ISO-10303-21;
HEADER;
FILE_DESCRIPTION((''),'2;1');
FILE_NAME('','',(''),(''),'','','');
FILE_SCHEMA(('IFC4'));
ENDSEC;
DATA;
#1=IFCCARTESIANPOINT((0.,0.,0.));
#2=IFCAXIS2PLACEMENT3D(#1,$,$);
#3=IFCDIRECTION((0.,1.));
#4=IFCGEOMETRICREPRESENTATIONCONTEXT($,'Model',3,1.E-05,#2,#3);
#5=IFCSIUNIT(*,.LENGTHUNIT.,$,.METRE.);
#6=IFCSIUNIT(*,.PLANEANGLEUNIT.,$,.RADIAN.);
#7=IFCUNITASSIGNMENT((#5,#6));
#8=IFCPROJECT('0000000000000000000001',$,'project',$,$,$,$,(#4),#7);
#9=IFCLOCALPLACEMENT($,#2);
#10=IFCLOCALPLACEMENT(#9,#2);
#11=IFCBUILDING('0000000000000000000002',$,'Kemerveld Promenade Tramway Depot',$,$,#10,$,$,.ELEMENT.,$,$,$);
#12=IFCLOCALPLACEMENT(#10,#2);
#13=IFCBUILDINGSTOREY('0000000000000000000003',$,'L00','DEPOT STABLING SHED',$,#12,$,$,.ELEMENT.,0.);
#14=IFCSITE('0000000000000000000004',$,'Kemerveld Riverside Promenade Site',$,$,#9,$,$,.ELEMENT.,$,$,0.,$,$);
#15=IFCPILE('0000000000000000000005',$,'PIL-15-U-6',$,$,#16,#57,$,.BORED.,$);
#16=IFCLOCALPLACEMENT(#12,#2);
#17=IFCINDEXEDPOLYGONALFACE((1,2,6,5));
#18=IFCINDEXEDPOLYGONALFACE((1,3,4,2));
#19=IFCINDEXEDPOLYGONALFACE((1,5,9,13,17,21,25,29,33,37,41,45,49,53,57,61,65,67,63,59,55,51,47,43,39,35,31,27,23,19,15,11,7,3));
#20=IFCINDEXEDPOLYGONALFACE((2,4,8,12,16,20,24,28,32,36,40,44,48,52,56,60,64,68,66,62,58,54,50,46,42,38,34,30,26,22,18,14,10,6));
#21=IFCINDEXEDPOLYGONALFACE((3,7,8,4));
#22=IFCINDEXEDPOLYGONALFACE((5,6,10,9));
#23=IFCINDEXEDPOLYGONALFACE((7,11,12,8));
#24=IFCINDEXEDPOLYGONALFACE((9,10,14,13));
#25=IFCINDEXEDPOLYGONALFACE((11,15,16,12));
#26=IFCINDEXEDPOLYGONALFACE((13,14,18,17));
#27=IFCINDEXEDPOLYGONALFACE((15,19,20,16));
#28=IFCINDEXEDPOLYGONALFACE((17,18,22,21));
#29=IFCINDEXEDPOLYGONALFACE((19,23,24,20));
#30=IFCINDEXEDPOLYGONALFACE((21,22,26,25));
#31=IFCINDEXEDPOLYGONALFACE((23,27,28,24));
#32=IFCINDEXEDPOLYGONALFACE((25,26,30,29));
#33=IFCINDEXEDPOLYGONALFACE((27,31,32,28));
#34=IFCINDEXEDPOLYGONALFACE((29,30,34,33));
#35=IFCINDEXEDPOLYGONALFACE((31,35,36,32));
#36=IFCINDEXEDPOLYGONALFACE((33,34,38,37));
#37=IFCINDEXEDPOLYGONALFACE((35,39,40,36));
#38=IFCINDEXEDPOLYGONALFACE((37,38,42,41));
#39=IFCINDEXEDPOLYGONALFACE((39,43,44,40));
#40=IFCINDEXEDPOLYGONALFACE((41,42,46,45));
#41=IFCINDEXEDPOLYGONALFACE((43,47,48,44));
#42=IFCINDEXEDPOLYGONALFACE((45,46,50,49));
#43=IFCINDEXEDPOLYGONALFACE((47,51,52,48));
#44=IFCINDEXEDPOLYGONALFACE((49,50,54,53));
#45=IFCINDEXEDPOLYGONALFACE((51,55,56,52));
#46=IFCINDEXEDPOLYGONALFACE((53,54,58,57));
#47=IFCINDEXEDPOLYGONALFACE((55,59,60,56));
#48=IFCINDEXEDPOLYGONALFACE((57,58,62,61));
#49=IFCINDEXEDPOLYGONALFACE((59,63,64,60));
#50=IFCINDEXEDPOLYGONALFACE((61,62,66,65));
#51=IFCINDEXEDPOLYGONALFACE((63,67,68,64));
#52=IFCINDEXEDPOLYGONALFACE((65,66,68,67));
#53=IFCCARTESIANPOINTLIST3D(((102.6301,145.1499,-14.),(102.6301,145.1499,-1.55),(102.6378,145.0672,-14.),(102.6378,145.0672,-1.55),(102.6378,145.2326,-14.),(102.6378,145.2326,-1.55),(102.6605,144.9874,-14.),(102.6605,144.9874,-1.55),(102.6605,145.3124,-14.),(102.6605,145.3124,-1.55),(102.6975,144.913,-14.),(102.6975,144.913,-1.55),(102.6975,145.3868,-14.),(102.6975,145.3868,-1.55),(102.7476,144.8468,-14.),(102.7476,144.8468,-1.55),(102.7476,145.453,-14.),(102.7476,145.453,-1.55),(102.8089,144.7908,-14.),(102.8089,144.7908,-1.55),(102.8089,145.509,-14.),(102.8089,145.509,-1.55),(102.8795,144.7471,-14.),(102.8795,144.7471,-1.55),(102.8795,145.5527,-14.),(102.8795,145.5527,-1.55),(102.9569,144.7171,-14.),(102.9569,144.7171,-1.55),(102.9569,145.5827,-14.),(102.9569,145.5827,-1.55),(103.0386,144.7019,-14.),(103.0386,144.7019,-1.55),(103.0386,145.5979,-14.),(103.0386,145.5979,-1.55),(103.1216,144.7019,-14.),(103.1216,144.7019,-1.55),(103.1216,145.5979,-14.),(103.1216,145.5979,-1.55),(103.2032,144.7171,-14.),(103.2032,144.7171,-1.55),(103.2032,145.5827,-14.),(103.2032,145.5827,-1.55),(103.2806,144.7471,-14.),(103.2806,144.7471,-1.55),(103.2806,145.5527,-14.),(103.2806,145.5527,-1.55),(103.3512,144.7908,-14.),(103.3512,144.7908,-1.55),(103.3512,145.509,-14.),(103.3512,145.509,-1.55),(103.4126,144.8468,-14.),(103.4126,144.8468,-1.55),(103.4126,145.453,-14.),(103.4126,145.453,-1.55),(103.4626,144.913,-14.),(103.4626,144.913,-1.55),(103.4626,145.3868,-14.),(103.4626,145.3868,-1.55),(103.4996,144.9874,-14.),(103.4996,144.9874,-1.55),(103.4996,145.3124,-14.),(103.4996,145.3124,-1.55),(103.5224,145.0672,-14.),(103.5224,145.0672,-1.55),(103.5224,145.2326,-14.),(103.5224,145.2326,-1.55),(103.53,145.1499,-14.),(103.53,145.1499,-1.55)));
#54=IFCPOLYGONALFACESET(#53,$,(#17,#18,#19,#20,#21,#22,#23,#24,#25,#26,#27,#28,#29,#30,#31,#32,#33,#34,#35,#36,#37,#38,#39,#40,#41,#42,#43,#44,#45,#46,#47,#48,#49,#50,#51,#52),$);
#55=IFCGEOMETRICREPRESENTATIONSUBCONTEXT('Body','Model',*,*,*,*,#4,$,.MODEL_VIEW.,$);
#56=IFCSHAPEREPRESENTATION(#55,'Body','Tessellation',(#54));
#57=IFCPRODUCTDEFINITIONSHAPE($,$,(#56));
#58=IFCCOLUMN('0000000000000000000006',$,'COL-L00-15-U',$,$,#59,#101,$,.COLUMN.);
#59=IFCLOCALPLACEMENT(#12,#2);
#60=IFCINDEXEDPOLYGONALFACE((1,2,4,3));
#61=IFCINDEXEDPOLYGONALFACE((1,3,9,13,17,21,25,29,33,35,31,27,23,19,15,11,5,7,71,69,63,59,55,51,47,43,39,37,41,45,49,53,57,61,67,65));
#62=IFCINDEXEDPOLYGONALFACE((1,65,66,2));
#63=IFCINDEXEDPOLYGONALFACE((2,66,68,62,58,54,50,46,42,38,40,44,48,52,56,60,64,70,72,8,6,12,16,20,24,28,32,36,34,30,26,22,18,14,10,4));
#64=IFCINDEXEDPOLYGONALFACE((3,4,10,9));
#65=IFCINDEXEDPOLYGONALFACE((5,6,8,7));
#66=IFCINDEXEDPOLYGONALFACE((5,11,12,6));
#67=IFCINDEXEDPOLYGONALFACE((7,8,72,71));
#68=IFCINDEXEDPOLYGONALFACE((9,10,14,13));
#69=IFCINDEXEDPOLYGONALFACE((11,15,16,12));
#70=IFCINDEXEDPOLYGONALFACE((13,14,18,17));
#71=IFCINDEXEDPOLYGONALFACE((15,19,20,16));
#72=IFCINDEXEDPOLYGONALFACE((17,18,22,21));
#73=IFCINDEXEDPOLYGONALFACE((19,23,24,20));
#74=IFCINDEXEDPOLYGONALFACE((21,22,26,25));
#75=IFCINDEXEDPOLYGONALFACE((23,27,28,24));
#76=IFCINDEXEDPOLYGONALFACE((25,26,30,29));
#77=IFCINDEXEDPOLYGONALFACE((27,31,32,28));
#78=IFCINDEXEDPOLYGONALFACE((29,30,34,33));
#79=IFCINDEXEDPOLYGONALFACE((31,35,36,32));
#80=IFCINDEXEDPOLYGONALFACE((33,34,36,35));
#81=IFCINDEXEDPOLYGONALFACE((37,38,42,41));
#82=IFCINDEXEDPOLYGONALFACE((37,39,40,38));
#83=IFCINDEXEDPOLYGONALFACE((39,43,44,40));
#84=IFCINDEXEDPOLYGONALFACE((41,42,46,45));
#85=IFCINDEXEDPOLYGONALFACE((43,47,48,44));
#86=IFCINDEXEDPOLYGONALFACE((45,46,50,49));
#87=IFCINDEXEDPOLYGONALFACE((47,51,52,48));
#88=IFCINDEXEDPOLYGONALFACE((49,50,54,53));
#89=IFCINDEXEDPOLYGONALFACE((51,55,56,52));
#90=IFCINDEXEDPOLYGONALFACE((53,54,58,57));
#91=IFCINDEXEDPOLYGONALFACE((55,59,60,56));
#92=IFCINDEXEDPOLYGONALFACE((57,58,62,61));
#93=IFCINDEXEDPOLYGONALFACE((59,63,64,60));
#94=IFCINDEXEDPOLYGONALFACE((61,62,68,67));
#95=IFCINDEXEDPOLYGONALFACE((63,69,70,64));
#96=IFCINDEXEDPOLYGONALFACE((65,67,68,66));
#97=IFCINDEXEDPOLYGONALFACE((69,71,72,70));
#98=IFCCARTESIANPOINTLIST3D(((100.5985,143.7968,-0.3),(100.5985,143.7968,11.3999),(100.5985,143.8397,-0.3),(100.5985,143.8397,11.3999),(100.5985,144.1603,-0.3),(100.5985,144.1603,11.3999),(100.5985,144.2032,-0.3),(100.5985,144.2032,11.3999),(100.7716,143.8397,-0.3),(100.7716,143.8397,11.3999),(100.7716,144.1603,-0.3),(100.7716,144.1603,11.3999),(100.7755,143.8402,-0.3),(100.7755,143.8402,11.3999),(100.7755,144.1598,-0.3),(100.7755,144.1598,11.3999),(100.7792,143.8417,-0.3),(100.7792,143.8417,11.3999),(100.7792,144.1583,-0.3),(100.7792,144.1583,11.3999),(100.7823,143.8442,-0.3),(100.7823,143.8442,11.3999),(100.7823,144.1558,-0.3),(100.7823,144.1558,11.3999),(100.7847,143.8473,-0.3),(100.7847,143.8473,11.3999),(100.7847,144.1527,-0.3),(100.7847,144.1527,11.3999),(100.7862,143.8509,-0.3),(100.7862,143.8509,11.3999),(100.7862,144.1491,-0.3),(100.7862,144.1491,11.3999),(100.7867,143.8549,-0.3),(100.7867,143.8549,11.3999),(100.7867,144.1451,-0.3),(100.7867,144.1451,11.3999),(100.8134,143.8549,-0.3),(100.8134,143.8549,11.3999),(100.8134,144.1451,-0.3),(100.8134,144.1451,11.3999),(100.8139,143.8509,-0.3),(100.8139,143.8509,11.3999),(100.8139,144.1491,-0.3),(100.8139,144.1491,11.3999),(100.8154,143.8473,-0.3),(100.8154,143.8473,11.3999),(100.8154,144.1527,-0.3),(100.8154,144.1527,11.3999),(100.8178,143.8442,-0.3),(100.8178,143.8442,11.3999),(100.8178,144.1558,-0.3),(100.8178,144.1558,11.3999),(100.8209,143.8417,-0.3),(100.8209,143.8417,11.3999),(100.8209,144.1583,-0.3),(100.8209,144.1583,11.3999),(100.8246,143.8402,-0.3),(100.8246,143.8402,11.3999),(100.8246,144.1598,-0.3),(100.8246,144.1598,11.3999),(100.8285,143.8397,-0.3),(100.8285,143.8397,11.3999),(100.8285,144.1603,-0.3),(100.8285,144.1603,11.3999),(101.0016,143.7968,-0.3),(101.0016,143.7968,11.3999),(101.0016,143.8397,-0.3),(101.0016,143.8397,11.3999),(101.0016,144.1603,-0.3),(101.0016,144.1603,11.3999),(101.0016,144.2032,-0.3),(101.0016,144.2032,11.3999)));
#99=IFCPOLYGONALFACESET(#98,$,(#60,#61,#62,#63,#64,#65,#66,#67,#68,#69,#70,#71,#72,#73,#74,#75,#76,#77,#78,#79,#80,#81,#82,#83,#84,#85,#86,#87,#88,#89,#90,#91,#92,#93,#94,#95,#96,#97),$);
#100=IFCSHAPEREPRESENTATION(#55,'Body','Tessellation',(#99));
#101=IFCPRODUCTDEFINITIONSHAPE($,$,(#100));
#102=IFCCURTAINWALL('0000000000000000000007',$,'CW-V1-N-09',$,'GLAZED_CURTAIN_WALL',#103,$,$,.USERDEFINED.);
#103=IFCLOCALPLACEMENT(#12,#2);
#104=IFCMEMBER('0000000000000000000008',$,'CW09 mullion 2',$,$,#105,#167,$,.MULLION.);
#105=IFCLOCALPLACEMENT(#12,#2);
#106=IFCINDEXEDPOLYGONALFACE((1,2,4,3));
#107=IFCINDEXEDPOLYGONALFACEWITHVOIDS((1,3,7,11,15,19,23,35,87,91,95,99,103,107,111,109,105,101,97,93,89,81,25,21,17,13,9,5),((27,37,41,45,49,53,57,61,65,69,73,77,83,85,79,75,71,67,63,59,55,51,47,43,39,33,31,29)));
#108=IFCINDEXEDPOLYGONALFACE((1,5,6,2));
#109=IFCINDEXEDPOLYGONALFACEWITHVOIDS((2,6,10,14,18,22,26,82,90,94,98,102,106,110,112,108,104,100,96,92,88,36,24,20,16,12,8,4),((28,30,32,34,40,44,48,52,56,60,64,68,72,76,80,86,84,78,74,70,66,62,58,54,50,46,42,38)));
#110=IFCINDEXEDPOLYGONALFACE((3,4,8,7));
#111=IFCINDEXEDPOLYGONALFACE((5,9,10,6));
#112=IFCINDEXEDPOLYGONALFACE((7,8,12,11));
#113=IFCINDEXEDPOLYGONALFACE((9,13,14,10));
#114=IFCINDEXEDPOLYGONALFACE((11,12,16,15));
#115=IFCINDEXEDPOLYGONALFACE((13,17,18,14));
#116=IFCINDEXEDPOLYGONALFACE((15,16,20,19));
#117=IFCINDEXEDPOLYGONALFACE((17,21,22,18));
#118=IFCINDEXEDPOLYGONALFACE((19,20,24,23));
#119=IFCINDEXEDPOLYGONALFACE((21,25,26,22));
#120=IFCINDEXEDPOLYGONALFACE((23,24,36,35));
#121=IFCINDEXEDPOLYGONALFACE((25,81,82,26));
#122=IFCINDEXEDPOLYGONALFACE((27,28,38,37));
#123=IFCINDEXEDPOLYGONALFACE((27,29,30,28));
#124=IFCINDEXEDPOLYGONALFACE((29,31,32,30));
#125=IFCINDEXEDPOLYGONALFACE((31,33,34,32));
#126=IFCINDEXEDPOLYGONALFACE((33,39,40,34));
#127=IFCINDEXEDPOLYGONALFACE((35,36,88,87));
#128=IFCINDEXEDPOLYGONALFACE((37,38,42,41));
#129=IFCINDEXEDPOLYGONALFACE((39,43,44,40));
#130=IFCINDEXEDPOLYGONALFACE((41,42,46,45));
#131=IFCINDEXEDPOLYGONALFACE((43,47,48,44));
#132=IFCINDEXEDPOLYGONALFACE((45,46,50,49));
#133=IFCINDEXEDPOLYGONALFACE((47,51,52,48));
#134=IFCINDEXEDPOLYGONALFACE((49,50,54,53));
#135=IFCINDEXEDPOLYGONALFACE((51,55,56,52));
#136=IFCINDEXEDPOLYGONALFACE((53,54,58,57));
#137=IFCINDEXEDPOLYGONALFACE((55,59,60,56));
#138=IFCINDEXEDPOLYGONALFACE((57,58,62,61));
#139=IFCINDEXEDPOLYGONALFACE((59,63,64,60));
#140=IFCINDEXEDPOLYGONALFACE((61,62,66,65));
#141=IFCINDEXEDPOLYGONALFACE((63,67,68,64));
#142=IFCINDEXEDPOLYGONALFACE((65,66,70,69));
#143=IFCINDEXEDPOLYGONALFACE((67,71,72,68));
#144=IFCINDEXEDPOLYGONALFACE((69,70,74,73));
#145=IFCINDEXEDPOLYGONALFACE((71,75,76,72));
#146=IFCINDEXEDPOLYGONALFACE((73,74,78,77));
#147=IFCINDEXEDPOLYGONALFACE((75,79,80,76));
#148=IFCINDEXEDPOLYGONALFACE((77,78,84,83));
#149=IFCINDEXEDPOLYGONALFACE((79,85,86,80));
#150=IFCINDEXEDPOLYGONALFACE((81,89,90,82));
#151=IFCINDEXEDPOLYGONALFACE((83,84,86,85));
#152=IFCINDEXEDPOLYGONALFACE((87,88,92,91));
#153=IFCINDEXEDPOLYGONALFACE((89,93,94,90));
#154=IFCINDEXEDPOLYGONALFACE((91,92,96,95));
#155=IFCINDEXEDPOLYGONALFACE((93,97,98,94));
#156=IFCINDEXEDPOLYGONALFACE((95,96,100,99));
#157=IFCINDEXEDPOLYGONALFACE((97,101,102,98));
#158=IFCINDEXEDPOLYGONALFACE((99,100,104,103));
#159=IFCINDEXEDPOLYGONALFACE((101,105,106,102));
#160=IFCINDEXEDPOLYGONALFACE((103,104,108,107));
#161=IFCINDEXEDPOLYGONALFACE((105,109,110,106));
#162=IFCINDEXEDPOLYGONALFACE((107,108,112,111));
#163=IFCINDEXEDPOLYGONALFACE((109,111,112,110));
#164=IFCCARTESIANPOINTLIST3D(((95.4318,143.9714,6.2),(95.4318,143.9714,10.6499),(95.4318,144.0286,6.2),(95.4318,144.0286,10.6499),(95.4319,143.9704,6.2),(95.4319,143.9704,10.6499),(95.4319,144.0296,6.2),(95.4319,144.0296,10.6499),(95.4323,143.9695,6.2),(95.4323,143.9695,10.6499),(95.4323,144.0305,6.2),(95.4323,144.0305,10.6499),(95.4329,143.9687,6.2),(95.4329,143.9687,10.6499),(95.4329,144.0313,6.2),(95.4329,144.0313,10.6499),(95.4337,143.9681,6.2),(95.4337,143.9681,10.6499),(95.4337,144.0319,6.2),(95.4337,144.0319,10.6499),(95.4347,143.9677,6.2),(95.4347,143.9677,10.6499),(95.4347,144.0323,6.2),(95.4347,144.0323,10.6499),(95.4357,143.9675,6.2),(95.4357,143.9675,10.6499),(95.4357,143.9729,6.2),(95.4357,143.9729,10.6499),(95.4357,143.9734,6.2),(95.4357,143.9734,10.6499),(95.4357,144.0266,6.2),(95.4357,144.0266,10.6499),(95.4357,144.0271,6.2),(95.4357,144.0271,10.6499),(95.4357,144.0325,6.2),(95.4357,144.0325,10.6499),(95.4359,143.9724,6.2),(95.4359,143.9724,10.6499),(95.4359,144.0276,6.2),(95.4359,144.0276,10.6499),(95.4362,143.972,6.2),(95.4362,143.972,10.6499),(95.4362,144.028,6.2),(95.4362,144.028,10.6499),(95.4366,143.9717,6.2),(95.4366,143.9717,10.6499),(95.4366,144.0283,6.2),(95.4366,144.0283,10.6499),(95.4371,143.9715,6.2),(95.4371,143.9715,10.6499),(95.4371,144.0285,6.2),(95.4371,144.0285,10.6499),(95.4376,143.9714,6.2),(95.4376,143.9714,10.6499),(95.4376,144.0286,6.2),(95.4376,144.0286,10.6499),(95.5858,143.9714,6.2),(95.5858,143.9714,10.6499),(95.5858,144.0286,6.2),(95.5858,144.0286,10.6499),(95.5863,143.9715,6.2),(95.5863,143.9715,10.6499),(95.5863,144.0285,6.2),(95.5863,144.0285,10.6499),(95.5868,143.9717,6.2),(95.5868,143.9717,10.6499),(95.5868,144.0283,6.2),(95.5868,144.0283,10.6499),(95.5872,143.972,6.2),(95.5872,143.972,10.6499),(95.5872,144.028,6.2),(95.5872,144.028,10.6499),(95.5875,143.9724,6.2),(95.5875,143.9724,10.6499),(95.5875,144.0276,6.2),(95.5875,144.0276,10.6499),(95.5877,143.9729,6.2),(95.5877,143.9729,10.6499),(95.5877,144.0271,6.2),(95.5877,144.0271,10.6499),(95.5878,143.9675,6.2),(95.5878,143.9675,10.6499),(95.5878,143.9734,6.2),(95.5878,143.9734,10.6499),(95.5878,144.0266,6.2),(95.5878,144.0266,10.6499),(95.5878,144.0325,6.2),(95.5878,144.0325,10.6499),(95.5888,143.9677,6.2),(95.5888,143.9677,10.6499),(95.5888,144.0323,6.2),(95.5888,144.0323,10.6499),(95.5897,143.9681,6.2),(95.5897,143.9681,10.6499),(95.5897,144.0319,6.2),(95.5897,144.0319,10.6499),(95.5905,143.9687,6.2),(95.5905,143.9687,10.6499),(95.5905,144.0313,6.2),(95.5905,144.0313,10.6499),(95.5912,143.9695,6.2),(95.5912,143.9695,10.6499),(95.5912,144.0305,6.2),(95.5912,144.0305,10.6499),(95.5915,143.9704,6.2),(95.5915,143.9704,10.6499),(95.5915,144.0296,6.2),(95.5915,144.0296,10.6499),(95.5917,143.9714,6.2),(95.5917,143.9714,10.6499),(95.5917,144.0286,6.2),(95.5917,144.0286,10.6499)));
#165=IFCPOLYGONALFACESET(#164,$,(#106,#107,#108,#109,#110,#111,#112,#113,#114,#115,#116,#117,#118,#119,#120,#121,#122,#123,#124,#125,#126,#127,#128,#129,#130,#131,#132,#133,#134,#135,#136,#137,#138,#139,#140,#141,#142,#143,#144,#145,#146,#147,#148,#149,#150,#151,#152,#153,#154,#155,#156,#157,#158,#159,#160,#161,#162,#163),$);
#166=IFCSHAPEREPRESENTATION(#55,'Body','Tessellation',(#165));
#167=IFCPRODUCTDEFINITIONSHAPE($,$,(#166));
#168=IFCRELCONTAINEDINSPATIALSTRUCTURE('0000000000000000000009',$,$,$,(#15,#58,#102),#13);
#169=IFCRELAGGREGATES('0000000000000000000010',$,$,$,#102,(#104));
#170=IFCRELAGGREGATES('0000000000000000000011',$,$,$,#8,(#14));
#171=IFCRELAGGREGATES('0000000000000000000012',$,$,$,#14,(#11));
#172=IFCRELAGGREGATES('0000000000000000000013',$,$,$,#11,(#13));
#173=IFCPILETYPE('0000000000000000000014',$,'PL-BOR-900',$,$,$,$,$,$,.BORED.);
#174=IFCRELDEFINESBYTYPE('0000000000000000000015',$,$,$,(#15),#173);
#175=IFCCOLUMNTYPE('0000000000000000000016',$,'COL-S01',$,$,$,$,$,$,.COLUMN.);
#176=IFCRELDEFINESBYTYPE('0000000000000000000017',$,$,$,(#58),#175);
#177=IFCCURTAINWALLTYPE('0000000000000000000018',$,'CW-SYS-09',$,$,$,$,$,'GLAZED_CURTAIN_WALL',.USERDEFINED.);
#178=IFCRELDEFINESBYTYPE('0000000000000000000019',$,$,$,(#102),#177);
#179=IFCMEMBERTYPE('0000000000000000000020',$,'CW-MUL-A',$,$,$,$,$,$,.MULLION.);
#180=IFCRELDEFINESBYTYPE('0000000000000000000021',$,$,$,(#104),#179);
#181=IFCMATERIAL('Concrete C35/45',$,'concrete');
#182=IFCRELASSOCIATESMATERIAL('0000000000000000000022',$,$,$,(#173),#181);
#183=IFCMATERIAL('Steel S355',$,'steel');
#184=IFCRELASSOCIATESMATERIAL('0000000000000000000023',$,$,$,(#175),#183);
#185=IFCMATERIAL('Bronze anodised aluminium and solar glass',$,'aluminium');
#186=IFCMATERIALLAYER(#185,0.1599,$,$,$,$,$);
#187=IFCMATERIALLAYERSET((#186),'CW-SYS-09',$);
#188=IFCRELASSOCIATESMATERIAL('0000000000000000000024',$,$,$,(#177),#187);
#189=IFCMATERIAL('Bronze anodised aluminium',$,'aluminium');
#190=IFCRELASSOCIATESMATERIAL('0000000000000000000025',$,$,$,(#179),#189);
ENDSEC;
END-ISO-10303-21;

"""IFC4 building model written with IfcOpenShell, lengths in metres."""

from ifc_helpers import new_model, si_unit, direction, frame, origin, origin_2d, place, context, subcontext, project, spatial, hollow_rectangle, circle, i_section, extrude, material, layer, layer_set, material_profile, profile_set, type_object, element, aggregate, save


model = new_model("IFC4")

# Units and contexts
model_context = context("Model", 3, precision=1e-05, world=origin(), true_north=direction((0.0, 1.0)))
body_context = subcontext(model_context, "Body", "Model", "MODEL_VIEW")
ifc_project = project(units=[si_unit("LENGTHUNIT", "METRE"), si_unit("PLANEANGLEUNIT", "RADIAN")], contexts=[model_context])

# Site, building, storey
site_placement = place(None, origin())
site = spatial("IfcSite", under=ifc_project, at=site_placement, Name="Kemerveld Riverside Promenade Site", CompositionType="ELEMENT", RefElevation=0.0)
building_placement = place(site_placement, origin())
building = spatial("IfcBuilding", under=site, at=building_placement, Name="Kemerveld Promenade Tramway Depot", CompositionType="ELEMENT")
storey_placement = place(building_placement, origin())
storey = spatial("IfcBuildingStorey", under=building, at=storey_placement, Name="L00", Description="DEPOT STABLING SHED", CompositionType="ELEMENT", Elevation=0.0)

# Shared definitions
ifc_material_1 = material(Name="Concrete C35/45", Category="concrete")

# Pile
ifc_material_profile_1 = material_profile(ifc_material_1, circle(Radius=0.45, at=origin_2d()), Name="PILE-D900")
ifc_profile_set_1 = profile_set([ifc_material_profile_1], Name="Concrete C35/45")
pile_type_1 = type_object("IfcPileType", Name="PL-BOR-900", PredefinedType="BORED", material=ifc_profile_set_1)
for number, where, z_axis, x_axis, name in (
    (1, (103.0801, 145.1499, -1.55), (0.0, 0.0, -1.0), (1.0, 0.0, 0.0), "PIL-15-U-6"),
):
    element("IfcPile", number, at=place(storey_placement, frame(where, z_axis=z_axis, x_axis=x_axis)), inside=storey, type_object=pile_type_1, Name=name, PredefinedType="BORED", context=body_context, shape_type="SweptSolid", body=[
        extrude(circle(Radius=0.45, at=origin_2d()), origin(), (0.0, 0.0, 1.0), 12.45),
    ])

# Column
ifc_material_2 = material(Name="Steel S355", Category="steel")
ifc_material_profile_2 = material_profile(ifc_material_2, i_section(OverallWidth=0.4031, OverallDepth=0.4065, WebThickness=0.0266, FlangeThickness=0.043, FilletRadius=0.0151, at=origin_2d()), Name="356x406x340 UC")
ifc_profile_set_2 = profile_set([ifc_material_profile_2], Name="Steel S355")
column_type = type_object("IfcColumnType", Name="COL-S01", PredefinedType="COLUMN", material=ifc_profile_set_2)
column_placement = place(storey_placement, frame((100.8, 144.0, -0.3), z_axis=(0.0, 0.0, 1.0), x_axis=(1.0, 0.0, 0.0)))
element("IfcColumn", 2, at=column_placement, inside=storey, type_object=column_type, Name="COL-L00-15-U", PredefinedType="COLUMN", context=body_context, shape_type="SweptSolid", body=[
    extrude(i_section(OverallWidth=0.4031, OverallDepth=0.4065, WebThickness=0.0266, FlangeThickness=0.043, FilletRadius=0.0151, at=origin_2d()), origin(), (0.0, 0.0, 1.0), 11.7),
])

# Curtain wall, member
ifc_material_3 = material(Name="Bronze anodised aluminium and solar glass", Category="aluminium")
ifc_layer_1 = layer(ifc_material_3, 0.1599)
ifc_layer_set_1 = layer_set([ifc_layer_1], Name="CW-SYS-09")
curtain_wall_type_1 = type_object("IfcCurtainWallType", Name="CW-SYS-09", ElementType="GLAZED_CURTAIN_WALL", PredefinedType="USERDEFINED", material=ifc_layer_set_1)
curtain_wall_1_placement = place(storey_placement, origin())
curtain_wall_1 = element("IfcCurtainWall", 3, at=curtain_wall_1_placement, inside=storey, type_object=curtain_wall_type_1, Name="CW-V1-N-09", ObjectType="GLAZED_CURTAIN_WALL", PredefinedType="USERDEFINED")
ifc_material_4 = material(Name="Bronze anodised aluminium", Category="aluminium")
ifc_material_profile_3 = material_profile(ifc_material_4, hollow_rectangle(XDim=0.0649, YDim=0.1599, WallThickness=0.0039, InnerFilletRadius=0.002, OuterFilletRadius=0.0039, at=origin_2d()), Name="CW-MUL-160x65")
ifc_profile_set_3 = profile_set([ifc_material_profile_3], Name="Bronze anodised aluminium")
member_type_1 = type_object("IfcMemberType", Name="CW-MUL-A", PredefinedType="MULLION", material=ifc_profile_set_3)
member_1_placement = place(storey_placement, frame((95.5117, 144.0, 6.2), z_axis=(0.0, 0.0, 1.0), x_axis=(0.0, 1.0, 0.0)))
member_1 = element("IfcMember", 4, at=member_1_placement, type_object=member_type_1, Name="CW09 mullion 2", PredefinedType="MULLION", context=body_context, shape_type="SweptSolid", body=[
    extrude(hollow_rectangle(XDim=0.0649, YDim=0.1599, WallThickness=0.0039, InnerFilletRadius=0.002, OuterFilletRadius=0.0039, at=origin_2d()), origin(), (0.0, 0.0, 1.0), 4.45),
])

aggregate(curtain_wall_1, [member_1])

save(model, "model.ifc")
